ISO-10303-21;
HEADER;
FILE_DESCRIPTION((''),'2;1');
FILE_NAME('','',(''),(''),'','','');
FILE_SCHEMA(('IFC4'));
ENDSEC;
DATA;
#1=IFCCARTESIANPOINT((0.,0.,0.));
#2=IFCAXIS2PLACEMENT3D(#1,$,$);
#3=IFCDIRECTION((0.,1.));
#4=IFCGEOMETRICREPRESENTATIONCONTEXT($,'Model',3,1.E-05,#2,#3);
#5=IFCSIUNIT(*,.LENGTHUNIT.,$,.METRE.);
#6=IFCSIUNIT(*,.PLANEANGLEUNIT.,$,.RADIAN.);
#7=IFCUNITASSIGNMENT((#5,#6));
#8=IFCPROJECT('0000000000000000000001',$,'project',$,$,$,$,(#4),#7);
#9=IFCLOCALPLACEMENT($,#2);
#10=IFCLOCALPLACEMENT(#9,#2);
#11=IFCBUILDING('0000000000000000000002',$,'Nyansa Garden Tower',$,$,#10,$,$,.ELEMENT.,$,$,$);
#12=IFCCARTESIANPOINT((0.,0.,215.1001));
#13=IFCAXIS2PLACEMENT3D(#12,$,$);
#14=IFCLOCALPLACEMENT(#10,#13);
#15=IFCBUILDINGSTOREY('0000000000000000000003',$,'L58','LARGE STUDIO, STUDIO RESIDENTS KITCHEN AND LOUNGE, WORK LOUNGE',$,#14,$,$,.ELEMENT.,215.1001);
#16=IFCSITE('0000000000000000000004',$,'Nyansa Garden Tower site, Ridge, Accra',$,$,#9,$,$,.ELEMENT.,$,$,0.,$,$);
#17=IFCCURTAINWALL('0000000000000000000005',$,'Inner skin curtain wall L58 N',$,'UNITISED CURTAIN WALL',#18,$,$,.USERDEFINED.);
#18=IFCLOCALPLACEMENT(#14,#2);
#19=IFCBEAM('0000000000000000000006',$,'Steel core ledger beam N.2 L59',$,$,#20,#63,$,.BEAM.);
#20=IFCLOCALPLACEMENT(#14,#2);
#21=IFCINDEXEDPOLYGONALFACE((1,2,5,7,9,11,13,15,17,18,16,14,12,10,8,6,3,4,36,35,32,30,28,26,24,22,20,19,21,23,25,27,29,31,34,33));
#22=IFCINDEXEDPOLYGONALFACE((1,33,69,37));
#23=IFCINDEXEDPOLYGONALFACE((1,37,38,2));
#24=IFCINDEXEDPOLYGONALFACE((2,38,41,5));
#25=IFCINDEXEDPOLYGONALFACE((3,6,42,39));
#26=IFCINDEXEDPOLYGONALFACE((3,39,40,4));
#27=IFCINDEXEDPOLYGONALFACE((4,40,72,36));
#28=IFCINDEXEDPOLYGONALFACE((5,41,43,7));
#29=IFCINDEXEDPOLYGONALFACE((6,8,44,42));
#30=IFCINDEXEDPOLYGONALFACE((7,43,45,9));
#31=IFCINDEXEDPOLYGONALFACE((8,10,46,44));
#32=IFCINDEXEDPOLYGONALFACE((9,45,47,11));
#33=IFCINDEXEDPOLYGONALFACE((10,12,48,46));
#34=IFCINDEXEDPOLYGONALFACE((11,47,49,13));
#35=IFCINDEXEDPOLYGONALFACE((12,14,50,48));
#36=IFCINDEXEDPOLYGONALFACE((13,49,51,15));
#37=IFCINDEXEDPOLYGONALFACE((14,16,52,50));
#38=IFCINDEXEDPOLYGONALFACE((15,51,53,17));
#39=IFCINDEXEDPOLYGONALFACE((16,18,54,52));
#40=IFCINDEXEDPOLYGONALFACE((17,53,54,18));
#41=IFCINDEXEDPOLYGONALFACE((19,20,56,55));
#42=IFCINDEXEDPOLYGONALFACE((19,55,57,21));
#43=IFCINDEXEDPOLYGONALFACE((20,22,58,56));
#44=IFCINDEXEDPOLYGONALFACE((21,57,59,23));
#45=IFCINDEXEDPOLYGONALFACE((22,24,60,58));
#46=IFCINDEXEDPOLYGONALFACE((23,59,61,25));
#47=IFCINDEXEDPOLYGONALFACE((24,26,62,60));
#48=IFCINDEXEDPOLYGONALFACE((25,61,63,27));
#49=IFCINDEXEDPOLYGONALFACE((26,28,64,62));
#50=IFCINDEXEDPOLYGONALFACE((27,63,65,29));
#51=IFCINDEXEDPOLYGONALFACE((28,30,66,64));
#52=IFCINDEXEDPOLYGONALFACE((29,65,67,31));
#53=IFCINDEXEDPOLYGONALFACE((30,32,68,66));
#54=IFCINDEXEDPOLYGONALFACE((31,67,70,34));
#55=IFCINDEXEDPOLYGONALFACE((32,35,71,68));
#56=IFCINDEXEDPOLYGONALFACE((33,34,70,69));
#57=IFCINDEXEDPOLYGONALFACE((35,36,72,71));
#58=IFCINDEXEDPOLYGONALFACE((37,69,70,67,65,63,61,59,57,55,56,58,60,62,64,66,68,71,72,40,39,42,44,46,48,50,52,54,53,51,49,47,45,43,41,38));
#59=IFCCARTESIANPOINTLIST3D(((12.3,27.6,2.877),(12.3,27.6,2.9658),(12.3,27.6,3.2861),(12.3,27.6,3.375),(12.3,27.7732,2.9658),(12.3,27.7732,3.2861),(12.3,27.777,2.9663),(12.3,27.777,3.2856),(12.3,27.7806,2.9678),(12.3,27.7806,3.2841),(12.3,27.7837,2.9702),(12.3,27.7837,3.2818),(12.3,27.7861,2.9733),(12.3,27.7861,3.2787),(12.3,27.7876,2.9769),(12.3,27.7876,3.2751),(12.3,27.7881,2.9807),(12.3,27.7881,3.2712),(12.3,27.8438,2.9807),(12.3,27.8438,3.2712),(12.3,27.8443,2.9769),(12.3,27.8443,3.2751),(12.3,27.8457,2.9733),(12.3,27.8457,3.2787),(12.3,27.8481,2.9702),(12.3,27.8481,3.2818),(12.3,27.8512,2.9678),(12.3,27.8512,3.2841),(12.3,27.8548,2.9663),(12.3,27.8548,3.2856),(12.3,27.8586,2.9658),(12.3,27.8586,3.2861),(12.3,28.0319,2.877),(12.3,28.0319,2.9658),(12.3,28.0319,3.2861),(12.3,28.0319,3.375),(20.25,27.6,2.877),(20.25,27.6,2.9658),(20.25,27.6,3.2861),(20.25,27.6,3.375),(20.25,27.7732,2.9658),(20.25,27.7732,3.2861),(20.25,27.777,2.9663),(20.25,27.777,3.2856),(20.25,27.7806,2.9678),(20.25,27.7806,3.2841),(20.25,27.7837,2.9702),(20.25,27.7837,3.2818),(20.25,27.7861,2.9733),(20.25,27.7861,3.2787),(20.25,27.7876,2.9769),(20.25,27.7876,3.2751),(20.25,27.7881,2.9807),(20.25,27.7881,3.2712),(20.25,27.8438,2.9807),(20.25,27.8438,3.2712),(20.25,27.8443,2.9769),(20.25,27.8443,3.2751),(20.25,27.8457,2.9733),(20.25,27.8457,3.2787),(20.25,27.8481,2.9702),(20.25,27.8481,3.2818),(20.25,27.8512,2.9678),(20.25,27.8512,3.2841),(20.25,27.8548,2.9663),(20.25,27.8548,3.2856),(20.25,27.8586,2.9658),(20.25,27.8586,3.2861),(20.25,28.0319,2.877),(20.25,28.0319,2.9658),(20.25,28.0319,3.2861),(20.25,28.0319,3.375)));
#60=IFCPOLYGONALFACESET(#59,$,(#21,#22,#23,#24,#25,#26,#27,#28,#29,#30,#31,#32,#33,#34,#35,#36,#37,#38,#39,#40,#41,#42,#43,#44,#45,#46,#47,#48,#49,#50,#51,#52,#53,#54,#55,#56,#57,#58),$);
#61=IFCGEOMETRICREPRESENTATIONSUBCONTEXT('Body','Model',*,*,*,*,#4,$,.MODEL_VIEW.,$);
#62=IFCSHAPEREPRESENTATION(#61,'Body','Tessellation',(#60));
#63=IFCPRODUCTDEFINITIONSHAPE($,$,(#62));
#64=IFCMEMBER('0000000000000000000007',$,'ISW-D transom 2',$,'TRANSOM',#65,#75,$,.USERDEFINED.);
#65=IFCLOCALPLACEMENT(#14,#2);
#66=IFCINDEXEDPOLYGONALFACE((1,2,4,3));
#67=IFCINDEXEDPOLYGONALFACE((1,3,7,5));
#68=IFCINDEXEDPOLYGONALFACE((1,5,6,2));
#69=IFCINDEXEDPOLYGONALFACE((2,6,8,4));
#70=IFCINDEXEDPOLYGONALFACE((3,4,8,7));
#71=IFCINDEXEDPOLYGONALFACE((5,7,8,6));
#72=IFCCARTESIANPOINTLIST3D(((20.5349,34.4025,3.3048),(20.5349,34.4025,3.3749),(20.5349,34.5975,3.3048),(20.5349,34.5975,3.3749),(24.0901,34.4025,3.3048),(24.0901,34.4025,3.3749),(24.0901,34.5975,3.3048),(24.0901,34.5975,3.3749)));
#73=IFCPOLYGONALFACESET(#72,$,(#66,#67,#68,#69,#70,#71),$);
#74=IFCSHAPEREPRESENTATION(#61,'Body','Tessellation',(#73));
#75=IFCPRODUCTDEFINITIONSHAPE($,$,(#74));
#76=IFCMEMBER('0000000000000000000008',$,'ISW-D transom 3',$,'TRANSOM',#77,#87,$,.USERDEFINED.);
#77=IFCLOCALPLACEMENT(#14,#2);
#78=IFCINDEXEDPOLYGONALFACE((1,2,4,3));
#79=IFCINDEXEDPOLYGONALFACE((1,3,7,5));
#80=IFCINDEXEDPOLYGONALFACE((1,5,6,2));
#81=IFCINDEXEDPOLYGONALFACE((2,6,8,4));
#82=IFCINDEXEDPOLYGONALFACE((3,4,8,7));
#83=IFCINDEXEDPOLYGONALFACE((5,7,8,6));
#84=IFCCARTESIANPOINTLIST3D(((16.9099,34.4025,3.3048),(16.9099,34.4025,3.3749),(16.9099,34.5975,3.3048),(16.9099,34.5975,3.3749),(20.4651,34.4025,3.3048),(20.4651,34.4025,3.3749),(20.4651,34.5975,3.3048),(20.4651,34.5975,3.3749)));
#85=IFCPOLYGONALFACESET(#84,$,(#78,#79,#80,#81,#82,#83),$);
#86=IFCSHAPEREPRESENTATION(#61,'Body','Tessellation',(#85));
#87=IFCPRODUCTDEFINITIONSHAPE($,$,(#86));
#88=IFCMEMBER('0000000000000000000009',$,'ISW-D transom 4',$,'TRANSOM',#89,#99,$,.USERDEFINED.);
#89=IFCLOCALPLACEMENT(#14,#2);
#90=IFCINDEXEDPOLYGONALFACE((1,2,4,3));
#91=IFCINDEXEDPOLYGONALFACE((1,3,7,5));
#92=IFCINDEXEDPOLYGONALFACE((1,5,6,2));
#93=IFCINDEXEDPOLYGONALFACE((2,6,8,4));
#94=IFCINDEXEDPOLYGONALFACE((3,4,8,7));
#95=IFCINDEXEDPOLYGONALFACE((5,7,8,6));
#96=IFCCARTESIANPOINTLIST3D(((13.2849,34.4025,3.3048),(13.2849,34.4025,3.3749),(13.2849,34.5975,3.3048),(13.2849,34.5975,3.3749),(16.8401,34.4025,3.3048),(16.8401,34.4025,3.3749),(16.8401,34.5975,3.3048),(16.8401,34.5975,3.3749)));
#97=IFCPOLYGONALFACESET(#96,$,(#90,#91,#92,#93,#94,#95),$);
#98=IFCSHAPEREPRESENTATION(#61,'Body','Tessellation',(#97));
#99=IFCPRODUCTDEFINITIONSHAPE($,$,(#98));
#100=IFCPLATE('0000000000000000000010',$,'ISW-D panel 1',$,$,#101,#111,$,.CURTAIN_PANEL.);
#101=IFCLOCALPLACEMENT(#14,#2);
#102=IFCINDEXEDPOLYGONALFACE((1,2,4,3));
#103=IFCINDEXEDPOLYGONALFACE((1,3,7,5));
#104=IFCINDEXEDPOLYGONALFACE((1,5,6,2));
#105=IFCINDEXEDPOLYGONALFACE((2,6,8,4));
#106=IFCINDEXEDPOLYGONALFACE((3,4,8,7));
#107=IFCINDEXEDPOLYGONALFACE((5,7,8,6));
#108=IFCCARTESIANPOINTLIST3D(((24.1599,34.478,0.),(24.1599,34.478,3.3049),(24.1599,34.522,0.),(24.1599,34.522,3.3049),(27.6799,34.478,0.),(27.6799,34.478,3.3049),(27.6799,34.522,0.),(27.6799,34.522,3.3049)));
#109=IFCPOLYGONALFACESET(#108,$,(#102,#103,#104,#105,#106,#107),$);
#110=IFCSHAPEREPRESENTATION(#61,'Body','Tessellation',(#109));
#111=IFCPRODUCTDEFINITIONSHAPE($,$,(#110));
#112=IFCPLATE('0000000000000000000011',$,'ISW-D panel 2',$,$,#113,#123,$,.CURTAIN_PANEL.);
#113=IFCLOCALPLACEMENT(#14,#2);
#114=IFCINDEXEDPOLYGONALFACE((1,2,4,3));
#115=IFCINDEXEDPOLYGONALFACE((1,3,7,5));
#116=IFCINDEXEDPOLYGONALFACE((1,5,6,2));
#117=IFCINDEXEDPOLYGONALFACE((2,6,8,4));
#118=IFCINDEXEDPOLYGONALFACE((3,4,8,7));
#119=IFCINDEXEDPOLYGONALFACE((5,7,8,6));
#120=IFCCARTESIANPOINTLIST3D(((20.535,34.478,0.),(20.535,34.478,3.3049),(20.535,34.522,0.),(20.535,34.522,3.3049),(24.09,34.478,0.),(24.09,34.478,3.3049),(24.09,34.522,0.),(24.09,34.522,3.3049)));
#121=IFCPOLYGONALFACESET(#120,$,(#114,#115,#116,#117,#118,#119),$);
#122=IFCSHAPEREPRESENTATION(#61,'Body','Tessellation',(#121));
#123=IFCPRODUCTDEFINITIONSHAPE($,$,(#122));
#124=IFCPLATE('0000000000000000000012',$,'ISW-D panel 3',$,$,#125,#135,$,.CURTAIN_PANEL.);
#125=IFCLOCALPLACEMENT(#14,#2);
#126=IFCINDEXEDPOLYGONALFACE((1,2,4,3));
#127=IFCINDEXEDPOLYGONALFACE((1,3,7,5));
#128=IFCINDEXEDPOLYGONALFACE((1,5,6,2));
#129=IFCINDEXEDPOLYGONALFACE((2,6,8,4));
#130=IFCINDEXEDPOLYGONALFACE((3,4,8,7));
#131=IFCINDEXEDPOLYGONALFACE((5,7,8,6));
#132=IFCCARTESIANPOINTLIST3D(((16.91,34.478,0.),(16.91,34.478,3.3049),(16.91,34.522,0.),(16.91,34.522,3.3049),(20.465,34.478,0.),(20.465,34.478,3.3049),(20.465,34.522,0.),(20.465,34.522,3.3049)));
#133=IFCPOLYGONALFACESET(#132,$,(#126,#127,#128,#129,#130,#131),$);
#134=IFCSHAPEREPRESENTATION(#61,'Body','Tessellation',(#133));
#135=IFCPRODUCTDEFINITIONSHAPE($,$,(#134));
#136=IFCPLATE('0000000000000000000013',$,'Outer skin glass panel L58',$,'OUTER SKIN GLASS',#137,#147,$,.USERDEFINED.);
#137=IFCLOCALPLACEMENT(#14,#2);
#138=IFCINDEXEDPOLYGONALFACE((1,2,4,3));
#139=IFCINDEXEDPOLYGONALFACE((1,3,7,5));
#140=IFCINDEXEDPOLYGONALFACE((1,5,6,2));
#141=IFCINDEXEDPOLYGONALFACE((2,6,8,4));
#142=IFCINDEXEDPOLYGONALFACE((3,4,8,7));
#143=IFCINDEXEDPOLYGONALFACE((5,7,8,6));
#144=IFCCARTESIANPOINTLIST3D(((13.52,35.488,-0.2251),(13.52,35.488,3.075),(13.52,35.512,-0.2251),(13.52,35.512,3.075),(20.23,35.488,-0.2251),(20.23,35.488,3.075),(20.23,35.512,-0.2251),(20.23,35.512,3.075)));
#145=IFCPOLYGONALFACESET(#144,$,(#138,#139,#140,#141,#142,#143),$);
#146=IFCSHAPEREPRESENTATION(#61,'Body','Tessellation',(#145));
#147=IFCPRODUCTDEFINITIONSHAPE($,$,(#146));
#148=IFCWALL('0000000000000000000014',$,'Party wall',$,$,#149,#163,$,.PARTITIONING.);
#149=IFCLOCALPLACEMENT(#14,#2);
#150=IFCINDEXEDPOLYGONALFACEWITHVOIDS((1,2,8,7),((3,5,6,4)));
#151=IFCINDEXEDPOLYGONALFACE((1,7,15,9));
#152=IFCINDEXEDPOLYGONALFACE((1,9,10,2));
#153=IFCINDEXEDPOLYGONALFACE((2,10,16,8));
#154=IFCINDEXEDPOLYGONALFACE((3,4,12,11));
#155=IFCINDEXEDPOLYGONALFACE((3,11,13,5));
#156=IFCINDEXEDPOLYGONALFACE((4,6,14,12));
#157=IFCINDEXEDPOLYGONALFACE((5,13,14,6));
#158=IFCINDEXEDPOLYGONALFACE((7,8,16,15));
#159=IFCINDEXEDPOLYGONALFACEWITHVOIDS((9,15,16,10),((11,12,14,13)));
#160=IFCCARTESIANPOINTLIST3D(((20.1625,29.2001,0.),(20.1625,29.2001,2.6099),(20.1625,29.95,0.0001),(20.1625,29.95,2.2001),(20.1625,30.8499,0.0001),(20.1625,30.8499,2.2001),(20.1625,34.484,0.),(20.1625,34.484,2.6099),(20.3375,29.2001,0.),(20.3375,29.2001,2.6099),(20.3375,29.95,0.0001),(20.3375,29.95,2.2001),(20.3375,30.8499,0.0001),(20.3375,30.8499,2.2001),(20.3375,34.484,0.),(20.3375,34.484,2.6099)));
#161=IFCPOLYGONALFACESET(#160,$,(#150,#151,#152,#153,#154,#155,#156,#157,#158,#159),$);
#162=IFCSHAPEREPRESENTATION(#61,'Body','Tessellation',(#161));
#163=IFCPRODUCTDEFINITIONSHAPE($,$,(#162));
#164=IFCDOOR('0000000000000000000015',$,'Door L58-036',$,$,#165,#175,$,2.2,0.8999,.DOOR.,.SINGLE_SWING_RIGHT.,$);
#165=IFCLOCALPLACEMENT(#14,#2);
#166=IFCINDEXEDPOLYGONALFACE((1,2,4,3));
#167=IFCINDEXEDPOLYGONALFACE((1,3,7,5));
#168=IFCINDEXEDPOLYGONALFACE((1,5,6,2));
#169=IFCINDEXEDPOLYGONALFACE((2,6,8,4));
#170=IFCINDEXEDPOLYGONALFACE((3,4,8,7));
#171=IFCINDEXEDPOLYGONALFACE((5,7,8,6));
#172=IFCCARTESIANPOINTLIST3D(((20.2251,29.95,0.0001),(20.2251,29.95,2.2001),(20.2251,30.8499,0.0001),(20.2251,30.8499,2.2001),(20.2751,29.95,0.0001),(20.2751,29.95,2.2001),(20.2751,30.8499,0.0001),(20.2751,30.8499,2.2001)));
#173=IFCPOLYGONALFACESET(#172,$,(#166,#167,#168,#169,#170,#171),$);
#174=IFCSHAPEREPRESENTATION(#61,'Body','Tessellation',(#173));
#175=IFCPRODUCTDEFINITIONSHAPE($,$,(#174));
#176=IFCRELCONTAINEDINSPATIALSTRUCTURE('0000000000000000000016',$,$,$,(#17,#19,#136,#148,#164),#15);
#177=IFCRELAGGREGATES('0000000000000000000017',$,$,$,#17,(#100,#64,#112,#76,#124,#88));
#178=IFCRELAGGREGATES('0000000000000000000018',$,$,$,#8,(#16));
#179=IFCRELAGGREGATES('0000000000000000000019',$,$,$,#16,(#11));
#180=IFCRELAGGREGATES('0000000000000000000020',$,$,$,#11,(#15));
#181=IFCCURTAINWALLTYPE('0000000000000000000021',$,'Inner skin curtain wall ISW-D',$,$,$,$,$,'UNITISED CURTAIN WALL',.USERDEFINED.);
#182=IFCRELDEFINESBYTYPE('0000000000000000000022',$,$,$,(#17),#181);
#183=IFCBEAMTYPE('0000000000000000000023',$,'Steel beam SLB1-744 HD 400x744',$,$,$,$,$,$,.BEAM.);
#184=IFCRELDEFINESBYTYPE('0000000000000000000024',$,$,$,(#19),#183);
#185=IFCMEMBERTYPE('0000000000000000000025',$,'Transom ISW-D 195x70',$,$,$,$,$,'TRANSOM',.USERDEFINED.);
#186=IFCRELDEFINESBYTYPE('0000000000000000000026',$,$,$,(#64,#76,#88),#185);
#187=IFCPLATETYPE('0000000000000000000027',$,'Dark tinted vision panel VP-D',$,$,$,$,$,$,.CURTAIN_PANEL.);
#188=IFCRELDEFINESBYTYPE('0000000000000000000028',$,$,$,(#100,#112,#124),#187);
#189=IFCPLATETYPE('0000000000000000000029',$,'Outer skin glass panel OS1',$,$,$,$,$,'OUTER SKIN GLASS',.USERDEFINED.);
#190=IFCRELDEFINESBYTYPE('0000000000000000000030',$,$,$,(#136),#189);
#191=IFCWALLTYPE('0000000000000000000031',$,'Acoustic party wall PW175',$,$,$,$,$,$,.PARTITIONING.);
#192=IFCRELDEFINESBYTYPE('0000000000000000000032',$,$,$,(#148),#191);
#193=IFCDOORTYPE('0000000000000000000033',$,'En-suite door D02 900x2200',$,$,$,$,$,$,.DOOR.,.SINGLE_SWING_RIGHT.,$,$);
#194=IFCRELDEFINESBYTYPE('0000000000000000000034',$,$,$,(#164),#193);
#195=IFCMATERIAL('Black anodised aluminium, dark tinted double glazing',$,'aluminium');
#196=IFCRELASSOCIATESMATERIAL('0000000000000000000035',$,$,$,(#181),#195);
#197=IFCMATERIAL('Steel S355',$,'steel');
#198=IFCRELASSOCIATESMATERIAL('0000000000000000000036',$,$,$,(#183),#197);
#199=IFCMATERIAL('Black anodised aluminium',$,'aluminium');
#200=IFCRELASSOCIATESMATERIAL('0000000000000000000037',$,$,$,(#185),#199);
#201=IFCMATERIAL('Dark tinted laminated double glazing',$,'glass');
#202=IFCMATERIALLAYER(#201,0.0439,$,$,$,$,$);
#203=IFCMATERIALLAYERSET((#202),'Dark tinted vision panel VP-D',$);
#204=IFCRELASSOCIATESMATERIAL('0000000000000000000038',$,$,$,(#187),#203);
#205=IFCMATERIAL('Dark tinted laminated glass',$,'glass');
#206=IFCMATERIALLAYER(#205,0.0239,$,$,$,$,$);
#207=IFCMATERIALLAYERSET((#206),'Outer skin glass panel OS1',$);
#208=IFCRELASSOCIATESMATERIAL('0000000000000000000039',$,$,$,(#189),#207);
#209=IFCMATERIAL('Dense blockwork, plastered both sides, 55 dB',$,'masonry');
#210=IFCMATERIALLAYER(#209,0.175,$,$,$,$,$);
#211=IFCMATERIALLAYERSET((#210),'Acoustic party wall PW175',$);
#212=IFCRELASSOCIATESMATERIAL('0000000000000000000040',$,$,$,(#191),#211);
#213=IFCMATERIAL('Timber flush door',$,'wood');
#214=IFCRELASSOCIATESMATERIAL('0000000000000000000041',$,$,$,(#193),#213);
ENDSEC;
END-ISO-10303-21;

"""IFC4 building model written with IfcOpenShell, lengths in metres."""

from ifc_helpers import new_model, si_unit, direction, frame, frame_2d, origin, origin_2d, place, context, subcontext, project, spatial, rectangle, i_section, extrude, material, layer, layer_set, material_profile, profile_set, type_object, element, fill, aggregate, save


model = new_model("IFC4")

# Units and contexts
model_context = context("Model", 3, precision=1e-05, world=origin(), true_north=direction((0.0, 1.0)))
body_context = subcontext(model_context, "Body", "Model", "MODEL_VIEW")
ifc_project = project(units=[si_unit("LENGTHUNIT", "METRE"), si_unit("PLANEANGLEUNIT", "RADIAN")], contexts=[model_context])

# Site, building, storey
site_placement = place(None, origin())
site = spatial("IfcSite", under=ifc_project, at=site_placement, Name="Nyansa Garden Tower site, Ridge, Accra", CompositionType="ELEMENT", RefElevation=0.0)
building_placement = place(site_placement, origin())
building = spatial("IfcBuilding", under=site, at=building_placement, Name="Nyansa Garden Tower", CompositionType="ELEMENT")
storey_placement = place(building_placement, frame((0.0, 0.0, 215.1001)))
storey = spatial("IfcBuildingStorey", under=building, at=storey_placement, Name="L58", Description="LARGE STUDIO, STUDIO RESIDENTS KITCHEN AND LOUNGE, WORK LOUNGE", CompositionType="ELEMENT", Elevation=215.1001)

# Curtain wall
ifc_material_1 = material(Name="Black anodised aluminium, dark tinted double glazing", Category="aluminium")
curtain_wall_type = type_object("IfcCurtainWallType", Name="Inner skin curtain wall ISW-D", ElementType="UNITISED CURTAIN WALL", PredefinedType="USERDEFINED", material=ifc_material_1)
curtain_wall_placement = place(storey_placement, origin())
curtain_wall = element("IfcCurtainWall", 1, at=curtain_wall_placement, inside=storey, type_object=curtain_wall_type, Name="Inner skin curtain wall L58 N", ObjectType="UNITISED CURTAIN WALL", PredefinedType="USERDEFINED")

# Beam
ifc_material_2 = material(Name="Steel S355", Category="steel")
ifc_material_profile_1 = material_profile(ifc_material_2, i_section(OverallWidth=0.4319, OverallDepth=0.498, WebThickness=0.0557, FlangeThickness=0.0889, FilletRadius=0.0149, at=origin_2d()), Name="HD 400x744")
ifc_profile_set_1 = profile_set([ifc_material_profile_1], Name="Steel S355")
beam_type_1 = type_object("IfcBeamType", Name="Steel beam SLB1-744 HD 400x744", PredefinedType="BEAM", material=ifc_profile_set_1)
beam_1_placement = place(storey_placement, frame((20.25, 27.8159, 3.126), z_axis=(-1.0, 0.0, 0.0), x_axis=(0.0, -1.0, 0.0)))
element("IfcBeam", 2, at=beam_1_placement, inside=storey, type_object=beam_type_1, Name="Steel core ledger beam N.2 L59", PredefinedType="BEAM", context=body_context, shape_type="SweptSolid", body=[
    extrude(i_section(OverallWidth=0.4319, OverallDepth=0.498, WebThickness=0.0557, FlangeThickness=0.0889, FilletRadius=0.0149, at=origin_2d()), origin(), (0.0, 0.0, 1.0), 7.95),
])

# Members
ifc_material_3 = material(Name="Black anodised aluminium", Category="aluminium")
ifc_material_profile_2 = material_profile(ifc_material_3, rectangle(XDim=0.1951, YDim=0.0701, at=origin_2d()), Name="Transom 195x70")
ifc_profile_set_2 = profile_set([ifc_material_profile_2], Name="Black anodised aluminium")
member_type_1 = type_object("IfcMemberType", Name="Transom ISW-D 195x70", ElementType="TRANSOM", PredefinedType="USERDEFINED", material=ifc_profile_set_2)
member_1_placement = place(storey_placement, frame((24.0901, 34.5, 3.3398), z_axis=(-1.0, 0.0, 0.0), x_axis=(0.0, -1.0, 0.0)))
member_1 = element("IfcMember", 3, at=member_1_placement, type_object=member_type_1, Name="ISW-D transom 2", ObjectType="TRANSOM", PredefinedType="USERDEFINED", context=body_context, shape_type="SweptSolid", body=[
    extrude(rectangle(XDim=0.1951, YDim=0.0701, at=origin_2d()), origin(), (0.0, 0.0, 1.0), 3.5552),
])
member_2_placement = place(storey_placement, frame((20.4651, 34.5, 3.3398), z_axis=(-1.0, 0.0, 0.0), x_axis=(0.0, -1.0, 0.0)))
member_2 = element("IfcMember", 4, at=member_2_placement, type_object=member_type_1, Name="ISW-D transom 3", ObjectType="TRANSOM", PredefinedType="USERDEFINED", context=body_context, shape_type="SweptSolid", body=[
    extrude(rectangle(XDim=0.1951, YDim=0.0701, at=origin_2d()), origin(), (0.0, 0.0, 1.0), 3.5552),
])
member_3_placement = place(storey_placement, frame((16.8401, 34.5, 3.3398), z_axis=(-1.0, 0.0, 0.0), x_axis=(0.0, -1.0, 0.0)))
member_3 = element("IfcMember", 5, at=member_3_placement, type_object=member_type_1, Name="ISW-D transom 4", ObjectType="TRANSOM", PredefinedType="USERDEFINED", context=body_context, shape_type="SweptSolid", body=[
    extrude(rectangle(XDim=0.1951, YDim=0.0701, at=origin_2d()), origin(), (0.0, 0.0, 1.0), 3.5552),
])

# Plates
ifc_material_4 = material(Name="Dark tinted laminated double glazing", Category="glass")
ifc_layer_1 = layer(ifc_material_4, 0.0439)
ifc_layer_set_1 = layer_set([ifc_layer_1], Name="Dark tinted vision panel VP-D")
plate_type_1 = type_object("IfcPlateType", Name="Dark tinted vision panel VP-D", PredefinedType="CURTAIN_PANEL", material=ifc_layer_set_1)
plate_1_placement = place(storey_placement, frame((25.9199, 34.5, 0.0), z_axis=(0.0, 0.0, 1.0), x_axis=(-1.0, 0.0, 0.0)))
plate_1 = element("IfcPlate", 6, at=plate_1_placement, type_object=plate_type_1, Name="ISW-D panel 1", PredefinedType="CURTAIN_PANEL", context=body_context, shape_type="SweptSolid", body=[
    extrude(rectangle(XDim=3.52, YDim=0.0439, at=origin_2d()), origin(), (0.0, 0.0, 1.0), 3.3049),
])
plate_2_placement = place(storey_placement, frame((22.3125, 34.5, 0.0), z_axis=(0.0, 0.0, 1.0), x_axis=(-1.0, 0.0, 0.0)))
plate_2 = element("IfcPlate", 7, at=plate_2_placement, type_object=plate_type_1, Name="ISW-D panel 2", PredefinedType="CURTAIN_PANEL", context=body_context, shape_type="SweptSolid", body=[
    extrude(rectangle(XDim=3.5549, YDim=0.0439, at=origin_2d()), origin(), (0.0, 0.0, 1.0), 3.3049),
])
plate_3_placement = place(storey_placement, frame((18.6875, 34.5, 0.0), z_axis=(0.0, 0.0, 1.0), x_axis=(-1.0, 0.0, 0.0)))
plate_3 = element("IfcPlate", 8, at=plate_3_placement, type_object=plate_type_1, Name="ISW-D panel 3", PredefinedType="CURTAIN_PANEL", context=body_context, shape_type="SweptSolid", body=[
    extrude(rectangle(XDim=3.5549, YDim=0.0439, at=origin_2d()), origin(), (0.0, 0.0, 1.0), 3.3049),
])
aggregate(curtain_wall, [plate_1, member_1, plate_2, member_2, plate_3, member_3])
ifc_material_5 = material(Name="Dark tinted laminated glass", Category="glass")
ifc_layer_2 = layer(ifc_material_5, 0.0239)
ifc_layer_set_2 = layer_set([ifc_layer_2], Name="Outer skin glass panel OS1")
plate_type_2 = type_object("IfcPlateType", Name="Outer skin glass panel OS1", ElementType="OUTER SKIN GLASS", PredefinedType="USERDEFINED", material=ifc_layer_set_2)
plate_4_placement = place(storey_placement, frame((16.875, 35.5, -0.2251), z_axis=(0.0, 0.0, 1.0), x_axis=(1.0, 0.0, 0.0)))
element("IfcPlate", 9, at=plate_4_placement, inside=storey, type_object=plate_type_2, Name="Outer skin glass panel L58", ObjectType="OUTER SKIN GLASS", PredefinedType="USERDEFINED", context=body_context, shape_type="SweptSolid", body=[
    extrude(rectangle(XDim=6.71, YDim=0.0239, at=origin_2d()), origin(), (0.0, 0.0, 1.0), 3.3),
])

# Wall, opening, door
ifc_material_6 = material(Name="Dense blockwork, plastered both sides, 55 dB", Category="masonry")
ifc_layer_3 = layer(ifc_material_6, 0.175)
ifc_layer_set_3 = layer_set([ifc_layer_3], Name="Acoustic party wall PW175")
wall_type_1 = type_object("IfcWallType", Name="Acoustic party wall PW175", PredefinedType="PARTITIONING", material=ifc_layer_set_3)
wall_1_placement = place(storey_placement, frame((20.25, 29.2, 0.0), z_axis=(0.0, 0.0, 1.0), x_axis=(0.0, 1.0, 0.0)))
wall_1 = element("IfcWall", 10, at=wall_1_placement, inside=storey, type_object=wall_type_1, Name="Party wall", PredefinedType="PARTITIONING", context=body_context, shape_type="SweptSolid", body=[
    extrude(rectangle(XDim=5.2839, YDim=0.175, at=frame_2d((2.6421, 0.0))), origin(), (0.0, 0.0, 1.0), 2.6099),
])
opening_placement = place(wall_1_placement, frame((0.75, 0.0, 0.0)))
opening = element("IfcOpeningElement", 11, at=opening_placement, cuts=wall_1, PredefinedType="OPENING", context=body_context, shape_type="SweptSolid", body=[
    extrude(rectangle(XDim=0.8999, YDim=2.2, at=frame_2d((0.45, 1.1001))), frame((0.0, 0.0974, 0.0), z_axis=(0.0, -1.0, 0.0), x_axis=(1.0, 0.0, 0.0)), (0.0, 0.0, 1.0), 0.1951),
])
ifc_material_7 = material(Name="Timber flush door", Category="wood")
door_type = type_object("IfcDoorType", Name="En-suite door D02 900x2200", OperationType="SINGLE_SWING_RIGHT", PredefinedType="DOOR", material=ifc_material_7)
door_placement = place(opening_placement, origin())
door = element("IfcDoor", 12, at=door_placement, inside=storey, type_object=door_type, Name="Door L58-036", OperationType="SINGLE_SWING_RIGHT", OverallHeight=2.2, OverallWidth=0.8999, PredefinedType="DOOR", context=body_context, shape_type="SweptSolid", body=[
    extrude(rectangle(XDim=0.8999, YDim=2.2, at=frame_2d((0.45, 1.1001))), frame((0.0, 0.0249, 0.0), z_axis=(0.0, -1.0, 0.0), x_axis=(1.0, 0.0, 0.0)), (0.0, 0.0, 1.0), 0.05),
])
fill(opening, door)

save(model, "model.ifc")
